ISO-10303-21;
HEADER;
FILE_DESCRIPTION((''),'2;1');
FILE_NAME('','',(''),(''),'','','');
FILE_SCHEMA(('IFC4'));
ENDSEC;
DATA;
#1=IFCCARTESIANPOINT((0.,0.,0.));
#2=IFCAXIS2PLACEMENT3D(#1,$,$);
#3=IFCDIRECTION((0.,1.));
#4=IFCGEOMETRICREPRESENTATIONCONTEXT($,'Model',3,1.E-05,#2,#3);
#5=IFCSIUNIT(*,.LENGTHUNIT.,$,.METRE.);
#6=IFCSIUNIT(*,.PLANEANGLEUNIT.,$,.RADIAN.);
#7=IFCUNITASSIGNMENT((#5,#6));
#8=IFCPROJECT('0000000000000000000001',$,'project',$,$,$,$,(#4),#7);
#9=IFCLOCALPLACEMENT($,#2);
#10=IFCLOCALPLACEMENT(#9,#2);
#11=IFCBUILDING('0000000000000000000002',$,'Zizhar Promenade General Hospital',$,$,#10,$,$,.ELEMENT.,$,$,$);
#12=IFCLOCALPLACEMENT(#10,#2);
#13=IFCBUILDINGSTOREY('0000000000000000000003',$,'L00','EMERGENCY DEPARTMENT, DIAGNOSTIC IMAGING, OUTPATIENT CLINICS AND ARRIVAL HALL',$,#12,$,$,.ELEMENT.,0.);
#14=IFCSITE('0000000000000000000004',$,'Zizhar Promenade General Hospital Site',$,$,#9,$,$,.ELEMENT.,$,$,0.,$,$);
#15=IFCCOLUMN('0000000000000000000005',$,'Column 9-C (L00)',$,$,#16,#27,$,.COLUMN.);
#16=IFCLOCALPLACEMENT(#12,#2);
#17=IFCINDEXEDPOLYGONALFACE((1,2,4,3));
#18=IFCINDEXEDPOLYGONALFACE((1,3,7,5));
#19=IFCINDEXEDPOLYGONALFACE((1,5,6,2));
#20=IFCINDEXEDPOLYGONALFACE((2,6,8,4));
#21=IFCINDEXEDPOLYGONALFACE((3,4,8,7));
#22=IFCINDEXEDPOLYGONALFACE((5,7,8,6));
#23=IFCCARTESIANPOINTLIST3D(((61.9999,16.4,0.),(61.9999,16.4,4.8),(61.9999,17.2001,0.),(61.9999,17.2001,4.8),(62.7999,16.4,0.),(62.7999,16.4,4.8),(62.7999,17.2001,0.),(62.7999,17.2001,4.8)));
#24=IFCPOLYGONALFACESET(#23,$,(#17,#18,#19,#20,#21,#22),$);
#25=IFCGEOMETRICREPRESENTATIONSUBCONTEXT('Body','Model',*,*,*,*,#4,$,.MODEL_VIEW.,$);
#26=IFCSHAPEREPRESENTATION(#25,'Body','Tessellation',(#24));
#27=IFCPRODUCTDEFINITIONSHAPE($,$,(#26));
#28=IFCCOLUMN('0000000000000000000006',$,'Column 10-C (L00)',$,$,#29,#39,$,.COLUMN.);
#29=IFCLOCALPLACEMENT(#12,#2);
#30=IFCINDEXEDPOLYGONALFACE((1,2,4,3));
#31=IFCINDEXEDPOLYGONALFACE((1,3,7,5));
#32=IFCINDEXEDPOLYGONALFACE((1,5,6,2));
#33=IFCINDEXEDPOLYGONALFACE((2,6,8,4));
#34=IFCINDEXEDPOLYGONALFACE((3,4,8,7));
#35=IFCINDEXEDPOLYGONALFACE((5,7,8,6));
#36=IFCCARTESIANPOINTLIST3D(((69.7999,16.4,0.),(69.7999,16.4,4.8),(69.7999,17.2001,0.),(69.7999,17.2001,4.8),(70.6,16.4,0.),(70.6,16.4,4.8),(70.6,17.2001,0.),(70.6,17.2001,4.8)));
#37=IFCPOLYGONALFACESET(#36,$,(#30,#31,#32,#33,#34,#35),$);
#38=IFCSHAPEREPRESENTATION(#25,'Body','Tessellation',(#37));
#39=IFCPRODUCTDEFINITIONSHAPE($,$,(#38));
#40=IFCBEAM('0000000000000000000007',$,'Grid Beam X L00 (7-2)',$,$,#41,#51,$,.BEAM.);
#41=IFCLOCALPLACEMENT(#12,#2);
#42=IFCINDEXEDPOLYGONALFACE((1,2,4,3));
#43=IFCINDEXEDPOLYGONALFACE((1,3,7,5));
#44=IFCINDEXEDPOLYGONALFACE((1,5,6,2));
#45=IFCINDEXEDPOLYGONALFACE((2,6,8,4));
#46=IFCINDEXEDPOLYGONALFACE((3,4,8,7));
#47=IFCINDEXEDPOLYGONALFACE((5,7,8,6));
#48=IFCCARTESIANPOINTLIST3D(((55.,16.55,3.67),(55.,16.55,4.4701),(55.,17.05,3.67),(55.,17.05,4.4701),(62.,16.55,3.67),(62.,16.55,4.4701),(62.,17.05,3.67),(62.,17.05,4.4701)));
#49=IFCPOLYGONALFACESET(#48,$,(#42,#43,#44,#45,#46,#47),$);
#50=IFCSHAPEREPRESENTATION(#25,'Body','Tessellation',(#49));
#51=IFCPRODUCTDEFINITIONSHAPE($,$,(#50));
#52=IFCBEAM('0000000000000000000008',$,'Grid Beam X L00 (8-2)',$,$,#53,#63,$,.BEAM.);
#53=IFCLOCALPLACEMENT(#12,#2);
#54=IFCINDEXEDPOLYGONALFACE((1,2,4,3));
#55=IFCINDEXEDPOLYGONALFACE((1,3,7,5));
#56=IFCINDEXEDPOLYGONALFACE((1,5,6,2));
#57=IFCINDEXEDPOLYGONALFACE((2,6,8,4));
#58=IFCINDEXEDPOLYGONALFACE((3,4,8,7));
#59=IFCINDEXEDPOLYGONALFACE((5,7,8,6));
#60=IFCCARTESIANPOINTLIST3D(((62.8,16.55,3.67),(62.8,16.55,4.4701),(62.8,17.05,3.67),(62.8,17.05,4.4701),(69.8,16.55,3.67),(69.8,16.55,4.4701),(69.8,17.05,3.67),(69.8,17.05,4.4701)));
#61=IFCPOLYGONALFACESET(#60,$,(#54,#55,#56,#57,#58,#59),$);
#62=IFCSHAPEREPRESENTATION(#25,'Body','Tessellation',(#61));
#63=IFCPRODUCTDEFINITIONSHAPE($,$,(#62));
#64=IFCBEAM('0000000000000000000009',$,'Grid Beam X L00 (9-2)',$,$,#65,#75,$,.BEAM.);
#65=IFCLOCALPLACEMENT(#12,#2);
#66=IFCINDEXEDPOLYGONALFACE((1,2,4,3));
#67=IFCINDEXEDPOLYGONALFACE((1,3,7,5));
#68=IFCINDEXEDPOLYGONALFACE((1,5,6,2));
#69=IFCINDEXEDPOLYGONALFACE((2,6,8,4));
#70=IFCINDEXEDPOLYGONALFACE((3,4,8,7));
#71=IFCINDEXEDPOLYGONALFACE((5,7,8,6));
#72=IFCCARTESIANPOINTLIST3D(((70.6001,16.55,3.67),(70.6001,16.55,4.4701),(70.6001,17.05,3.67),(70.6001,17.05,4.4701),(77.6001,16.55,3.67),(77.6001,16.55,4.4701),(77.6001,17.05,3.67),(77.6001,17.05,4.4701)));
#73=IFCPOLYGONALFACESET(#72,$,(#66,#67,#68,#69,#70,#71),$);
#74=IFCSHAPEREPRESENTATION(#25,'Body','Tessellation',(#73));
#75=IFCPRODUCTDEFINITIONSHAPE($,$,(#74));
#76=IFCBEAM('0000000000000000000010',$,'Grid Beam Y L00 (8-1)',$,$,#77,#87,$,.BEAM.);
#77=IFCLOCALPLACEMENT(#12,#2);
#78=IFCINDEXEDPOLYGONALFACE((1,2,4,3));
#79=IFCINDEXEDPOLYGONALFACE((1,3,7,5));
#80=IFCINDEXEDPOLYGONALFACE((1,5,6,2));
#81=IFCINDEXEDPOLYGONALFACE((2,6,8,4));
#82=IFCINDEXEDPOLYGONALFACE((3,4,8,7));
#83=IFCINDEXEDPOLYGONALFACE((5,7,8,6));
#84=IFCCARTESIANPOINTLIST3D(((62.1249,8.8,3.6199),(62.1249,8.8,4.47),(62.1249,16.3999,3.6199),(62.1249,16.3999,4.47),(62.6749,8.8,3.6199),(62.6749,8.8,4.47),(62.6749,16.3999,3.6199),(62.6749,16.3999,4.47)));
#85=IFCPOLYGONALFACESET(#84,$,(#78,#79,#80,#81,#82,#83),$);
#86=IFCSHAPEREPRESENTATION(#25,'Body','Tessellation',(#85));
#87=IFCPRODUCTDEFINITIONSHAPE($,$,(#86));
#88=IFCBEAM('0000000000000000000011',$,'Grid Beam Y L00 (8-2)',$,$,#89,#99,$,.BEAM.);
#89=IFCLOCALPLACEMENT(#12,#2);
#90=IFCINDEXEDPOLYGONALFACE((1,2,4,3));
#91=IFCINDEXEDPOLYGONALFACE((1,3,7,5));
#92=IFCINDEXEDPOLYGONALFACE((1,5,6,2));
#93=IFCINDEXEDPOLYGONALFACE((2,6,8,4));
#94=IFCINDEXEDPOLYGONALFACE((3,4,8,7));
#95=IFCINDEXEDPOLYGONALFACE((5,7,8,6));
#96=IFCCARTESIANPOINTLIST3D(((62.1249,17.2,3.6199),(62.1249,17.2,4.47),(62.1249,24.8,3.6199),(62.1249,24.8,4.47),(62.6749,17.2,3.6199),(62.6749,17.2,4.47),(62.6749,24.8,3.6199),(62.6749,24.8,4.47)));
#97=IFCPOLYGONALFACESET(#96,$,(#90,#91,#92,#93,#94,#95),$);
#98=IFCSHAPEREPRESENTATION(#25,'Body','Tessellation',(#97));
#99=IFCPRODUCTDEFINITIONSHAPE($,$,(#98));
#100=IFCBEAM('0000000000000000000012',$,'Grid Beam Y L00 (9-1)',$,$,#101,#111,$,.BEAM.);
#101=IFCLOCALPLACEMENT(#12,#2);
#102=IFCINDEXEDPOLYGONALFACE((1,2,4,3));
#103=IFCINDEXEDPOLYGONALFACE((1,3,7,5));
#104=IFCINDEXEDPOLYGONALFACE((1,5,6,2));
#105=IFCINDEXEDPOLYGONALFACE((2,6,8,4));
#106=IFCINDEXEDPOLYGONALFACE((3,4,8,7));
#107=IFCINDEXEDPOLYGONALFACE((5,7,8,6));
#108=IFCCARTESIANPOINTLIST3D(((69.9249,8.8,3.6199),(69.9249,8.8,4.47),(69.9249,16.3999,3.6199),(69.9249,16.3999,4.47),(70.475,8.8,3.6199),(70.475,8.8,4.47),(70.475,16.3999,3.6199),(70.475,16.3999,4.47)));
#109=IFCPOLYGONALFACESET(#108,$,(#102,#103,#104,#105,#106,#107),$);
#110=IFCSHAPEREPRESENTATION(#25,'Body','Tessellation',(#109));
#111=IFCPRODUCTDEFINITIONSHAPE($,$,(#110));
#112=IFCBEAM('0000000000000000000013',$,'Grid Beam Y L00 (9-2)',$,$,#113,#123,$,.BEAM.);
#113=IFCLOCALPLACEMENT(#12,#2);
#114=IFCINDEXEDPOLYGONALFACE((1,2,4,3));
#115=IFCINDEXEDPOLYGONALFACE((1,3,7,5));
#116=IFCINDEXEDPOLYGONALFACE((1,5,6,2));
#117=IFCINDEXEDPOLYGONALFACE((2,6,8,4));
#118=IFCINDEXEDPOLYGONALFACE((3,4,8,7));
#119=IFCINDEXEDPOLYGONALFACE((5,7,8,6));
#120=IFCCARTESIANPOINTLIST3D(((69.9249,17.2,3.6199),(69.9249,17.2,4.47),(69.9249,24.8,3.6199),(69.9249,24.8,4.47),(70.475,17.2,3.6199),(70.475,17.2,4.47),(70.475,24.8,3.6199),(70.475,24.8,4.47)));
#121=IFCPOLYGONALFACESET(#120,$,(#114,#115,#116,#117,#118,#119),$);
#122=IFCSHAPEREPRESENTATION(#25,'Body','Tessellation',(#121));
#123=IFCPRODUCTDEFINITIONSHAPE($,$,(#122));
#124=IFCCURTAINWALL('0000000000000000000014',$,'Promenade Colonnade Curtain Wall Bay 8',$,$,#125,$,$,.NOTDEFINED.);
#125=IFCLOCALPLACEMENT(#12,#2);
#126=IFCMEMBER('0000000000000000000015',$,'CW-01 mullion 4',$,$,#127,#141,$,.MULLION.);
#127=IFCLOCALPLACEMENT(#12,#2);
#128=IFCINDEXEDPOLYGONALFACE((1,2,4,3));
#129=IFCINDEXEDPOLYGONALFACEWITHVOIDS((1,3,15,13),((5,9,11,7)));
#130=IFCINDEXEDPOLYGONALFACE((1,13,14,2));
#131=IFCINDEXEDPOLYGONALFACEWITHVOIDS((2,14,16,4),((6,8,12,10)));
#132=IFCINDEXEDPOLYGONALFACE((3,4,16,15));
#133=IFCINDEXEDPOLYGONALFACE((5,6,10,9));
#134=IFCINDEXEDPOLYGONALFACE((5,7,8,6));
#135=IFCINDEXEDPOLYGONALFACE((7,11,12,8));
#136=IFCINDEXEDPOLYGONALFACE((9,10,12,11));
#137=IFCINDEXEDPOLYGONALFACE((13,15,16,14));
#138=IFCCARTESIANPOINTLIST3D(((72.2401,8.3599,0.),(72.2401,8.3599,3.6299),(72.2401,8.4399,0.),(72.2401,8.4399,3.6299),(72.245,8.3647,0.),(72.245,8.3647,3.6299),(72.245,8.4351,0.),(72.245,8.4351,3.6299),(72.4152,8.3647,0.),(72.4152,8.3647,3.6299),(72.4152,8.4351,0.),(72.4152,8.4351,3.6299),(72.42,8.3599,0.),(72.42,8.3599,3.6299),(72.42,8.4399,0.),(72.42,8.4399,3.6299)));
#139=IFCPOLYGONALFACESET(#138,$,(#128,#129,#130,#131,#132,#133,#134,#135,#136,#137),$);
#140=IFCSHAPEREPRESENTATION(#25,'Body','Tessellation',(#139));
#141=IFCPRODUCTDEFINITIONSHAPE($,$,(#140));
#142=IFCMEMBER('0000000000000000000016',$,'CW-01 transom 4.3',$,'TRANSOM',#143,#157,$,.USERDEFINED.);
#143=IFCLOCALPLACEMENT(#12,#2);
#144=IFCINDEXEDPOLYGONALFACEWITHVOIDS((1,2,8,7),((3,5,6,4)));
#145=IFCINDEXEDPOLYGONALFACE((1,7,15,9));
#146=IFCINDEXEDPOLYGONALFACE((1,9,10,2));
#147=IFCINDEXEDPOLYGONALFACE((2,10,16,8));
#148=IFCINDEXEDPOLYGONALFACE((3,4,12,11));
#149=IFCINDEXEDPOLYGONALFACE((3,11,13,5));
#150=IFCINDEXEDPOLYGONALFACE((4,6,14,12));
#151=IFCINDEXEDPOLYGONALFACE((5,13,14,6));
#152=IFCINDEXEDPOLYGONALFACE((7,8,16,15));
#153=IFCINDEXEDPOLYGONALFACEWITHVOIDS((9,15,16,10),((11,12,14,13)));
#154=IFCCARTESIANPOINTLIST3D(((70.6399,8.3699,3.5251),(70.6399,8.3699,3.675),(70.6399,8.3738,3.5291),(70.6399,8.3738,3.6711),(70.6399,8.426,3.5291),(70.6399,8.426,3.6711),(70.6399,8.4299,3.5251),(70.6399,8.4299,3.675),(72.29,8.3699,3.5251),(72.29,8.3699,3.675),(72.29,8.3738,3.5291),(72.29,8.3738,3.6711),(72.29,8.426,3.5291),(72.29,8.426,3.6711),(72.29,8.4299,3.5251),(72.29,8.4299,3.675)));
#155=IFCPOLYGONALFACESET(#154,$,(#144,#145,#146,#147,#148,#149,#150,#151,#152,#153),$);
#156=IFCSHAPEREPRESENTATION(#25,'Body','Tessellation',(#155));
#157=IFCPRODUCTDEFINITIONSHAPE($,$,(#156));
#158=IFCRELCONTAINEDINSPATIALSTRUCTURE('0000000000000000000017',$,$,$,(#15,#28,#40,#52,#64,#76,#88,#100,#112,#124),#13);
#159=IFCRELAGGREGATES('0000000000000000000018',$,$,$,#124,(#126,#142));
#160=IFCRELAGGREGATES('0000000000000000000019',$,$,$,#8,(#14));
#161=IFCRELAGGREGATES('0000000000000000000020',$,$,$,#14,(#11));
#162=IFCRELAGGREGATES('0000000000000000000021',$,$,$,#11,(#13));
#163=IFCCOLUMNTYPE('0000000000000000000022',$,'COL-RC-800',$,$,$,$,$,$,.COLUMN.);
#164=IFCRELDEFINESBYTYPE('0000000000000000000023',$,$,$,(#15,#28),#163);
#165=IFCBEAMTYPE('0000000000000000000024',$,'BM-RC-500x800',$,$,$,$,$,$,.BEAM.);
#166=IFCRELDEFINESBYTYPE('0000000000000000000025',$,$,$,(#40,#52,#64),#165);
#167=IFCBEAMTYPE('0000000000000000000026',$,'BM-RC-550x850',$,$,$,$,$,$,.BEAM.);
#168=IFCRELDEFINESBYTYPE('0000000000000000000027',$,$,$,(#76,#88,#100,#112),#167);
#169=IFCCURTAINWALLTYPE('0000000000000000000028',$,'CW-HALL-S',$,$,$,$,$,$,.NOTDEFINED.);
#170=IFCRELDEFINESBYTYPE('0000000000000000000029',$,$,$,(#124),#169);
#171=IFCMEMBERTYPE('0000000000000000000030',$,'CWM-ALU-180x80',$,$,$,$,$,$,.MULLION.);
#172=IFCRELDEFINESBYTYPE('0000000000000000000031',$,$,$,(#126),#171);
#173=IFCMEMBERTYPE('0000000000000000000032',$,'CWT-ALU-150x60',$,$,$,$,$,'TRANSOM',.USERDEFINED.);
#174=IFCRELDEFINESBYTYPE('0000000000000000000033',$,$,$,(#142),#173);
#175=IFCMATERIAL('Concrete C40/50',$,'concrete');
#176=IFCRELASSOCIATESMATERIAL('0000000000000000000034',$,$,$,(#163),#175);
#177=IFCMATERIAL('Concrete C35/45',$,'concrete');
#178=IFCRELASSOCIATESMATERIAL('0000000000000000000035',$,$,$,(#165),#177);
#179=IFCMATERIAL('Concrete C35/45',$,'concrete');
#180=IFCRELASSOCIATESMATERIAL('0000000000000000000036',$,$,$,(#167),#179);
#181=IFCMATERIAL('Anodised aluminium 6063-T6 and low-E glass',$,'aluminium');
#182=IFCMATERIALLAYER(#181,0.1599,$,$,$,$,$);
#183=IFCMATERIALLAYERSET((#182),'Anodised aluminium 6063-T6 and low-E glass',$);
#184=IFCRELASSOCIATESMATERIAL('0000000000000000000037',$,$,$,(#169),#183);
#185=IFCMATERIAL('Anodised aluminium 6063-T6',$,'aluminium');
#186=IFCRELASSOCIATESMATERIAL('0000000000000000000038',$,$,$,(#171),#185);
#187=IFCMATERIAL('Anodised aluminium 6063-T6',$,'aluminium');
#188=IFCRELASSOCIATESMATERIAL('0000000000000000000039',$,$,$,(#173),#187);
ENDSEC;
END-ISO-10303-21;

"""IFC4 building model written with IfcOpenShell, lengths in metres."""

from ifc_helpers import new_model, si_unit, direction, frame, origin, origin_2d, place, context, subcontext, project, spatial, rectangle, hollow_rectangle, extrude, material, layer, layer_set, material_profile, profile_set, type_object, element, aggregate, save


model = new_model("IFC4")

# Units and contexts
model_context = context("Model", 3, precision=1e-05, world=origin(), true_north=direction((0.0, 1.0)))
body_context = subcontext(model_context, "Body", "Model", "MODEL_VIEW")
ifc_project = project(units=[si_unit("LENGTHUNIT", "METRE"), si_unit("PLANEANGLEUNIT", "RADIAN")], contexts=[model_context])

# Site, building, storey
site_placement = place(None, origin())
site = spatial("IfcSite", under=ifc_project, at=site_placement, Name="Zizhar Promenade General Hospital Site", CompositionType="ELEMENT", RefElevation=0.0)
building_placement = place(site_placement, origin())
building = spatial("IfcBuilding", under=site, at=building_placement, Name="Zizhar Promenade General Hospital", CompositionType="ELEMENT")
storey_placement = place(building_placement, origin())
storey = spatial("IfcBuildingStorey", under=building, at=storey_placement, Name="L00", Description="EMERGENCY DEPARTMENT, DIAGNOSTIC IMAGING, OUTPATIENT CLINICS AND ARRIVAL HALL", CompositionType="ELEMENT", Elevation=0.0)

# Columns
ifc_material_1 = material(Name="Concrete C40/50", Category="concrete")
ifc_material_profile_1 = material_profile(ifc_material_1, rectangle(XDim=0.8, YDim=0.8, at=origin_2d()))
ifc_profile_set_1 = profile_set([ifc_material_profile_1], Name="Concrete C40/50")
column_type = type_object("IfcColumnType", Name="COL-RC-800", PredefinedType="COLUMN", material=ifc_profile_set_1)
for number, where, z_axis, x_axis, name in (
    (1, (62.3999, 16.8, 0.0), (0.0, 0.0, 1.0), (1.0, 0.0, 0.0), "Column 9-C (L00)"),
    (2, (70.2, 16.8, 0.0), (0.0, 0.0, 1.0), (1.0, 0.0, 0.0), "Column 10-C (L00)"),
):
    element("IfcColumn", number, at=place(storey_placement, frame(where, z_axis=z_axis, x_axis=x_axis)), inside=storey, type_object=column_type, Name=name, PredefinedType="COLUMN", context=body_context, shape_type="SweptSolid", body=[
        extrude(rectangle(XDim=0.8, YDim=0.8, at=origin_2d()), origin(), (0.0, 0.0, 1.0), 4.8),
    ])

# Beams
ifc_material_2 = material(Name="Concrete C35/45", Category="concrete")
ifc_material_profile_2 = material_profile(ifc_material_2, rectangle(XDim=0.5, YDim=0.8, at=origin_2d()))
ifc_profile_set_2 = profile_set([ifc_material_profile_2], Name="Concrete C35/45")
beam_type_1 = type_object("IfcBeamType", Name="BM-RC-500x800", PredefinedType="BEAM", material=ifc_profile_set_2)
for number, where, z_axis, x_axis, name in (
    (3, (55.0, 16.8, 4.0701), (1.0, 0.0, 0.0), (0.0, 1.0, 0.0), "Grid Beam X L00 (7-2)"),
    (4, (62.8, 16.8, 4.0701), (1.0, 0.0, 0.0), (0.0, 1.0, 0.0), "Grid Beam X L00 (8-2)"),
    (5, (70.6001, 16.8, 4.0701), (1.0, 0.0, 0.0), (0.0, 1.0, 0.0), "Grid Beam X L00 (9-2)"),
):
    element("IfcBeam", number, at=place(storey_placement, frame(where, z_axis=z_axis, x_axis=x_axis)), inside=storey, type_object=beam_type_1, Name=name, PredefinedType="BEAM", context=body_context, shape_type="SweptSolid", body=[
        extrude(rectangle(XDim=0.5, YDim=0.8, at=origin_2d()), origin(), (0.0, 0.0, 1.0), 7.0),
    ])
ifc_material_3 = material(Name="Concrete C35/45", Category="concrete")
ifc_material_profile_3 = material_profile(ifc_material_3, rectangle(XDim=0.55, YDim=0.8501, at=origin_2d()))
ifc_profile_set_3 = profile_set([ifc_material_profile_3], Name="Concrete C35/45")
beam_type_2 = type_object("IfcBeamType", Name="BM-RC-550x850", PredefinedType="BEAM", material=ifc_profile_set_3)
beam_1_placement = place(storey_placement, frame((62.3999, 8.8, 4.0449), z_axis=(0.0, 1.0, 0.0), x_axis=(-1.0, 0.0, 0.0)))
element("IfcBeam", 6, at=beam_1_placement, inside=storey, type_object=beam_type_2, Name="Grid Beam Y L00 (8-1)", PredefinedType="BEAM", context=body_context, shape_type="SweptSolid", body=[
    extrude(rectangle(XDim=0.55, YDim=0.8501, at=origin_2d()), origin(), (0.0, 0.0, 1.0), 7.5999),
])
beam_2_placement = place(storey_placement, frame((62.3999, 17.2, 4.0449), z_axis=(0.0, 1.0, 0.0), x_axis=(-1.0, 0.0, 0.0)))
element("IfcBeam", 7, at=beam_2_placement, inside=storey, type_object=beam_type_2, Name="Grid Beam Y L00 (8-2)", PredefinedType="BEAM", context=body_context, shape_type="SweptSolid", body=[
    extrude(rectangle(XDim=0.55, YDim=0.8501, at=origin_2d()), origin(), (0.0, 0.0, 1.0), 7.6001),
])
beam_3_placement = place(storey_placement, frame((70.2, 8.8, 4.0449), z_axis=(0.0, 1.0, 0.0), x_axis=(-1.0, 0.0, 0.0)))
element("IfcBeam", 8, at=beam_3_placement, inside=storey, type_object=beam_type_2, Name="Grid Beam Y L00 (9-1)", PredefinedType="BEAM", context=body_context, shape_type="SweptSolid", body=[
    extrude(rectangle(XDim=0.55, YDim=0.8501, at=origin_2d()), origin(), (0.0, 0.0, 1.0), 7.5999),
])
beam_4_placement = place(storey_placement, frame((70.2, 17.2, 4.0449), z_axis=(0.0, 1.0, 0.0), x_axis=(-1.0, 0.0, 0.0)))
element("IfcBeam", 9, at=beam_4_placement, inside=storey, type_object=beam_type_2, Name="Grid Beam Y L00 (9-2)", PredefinedType="BEAM", context=body_context, shape_type="SweptSolid", body=[
    extrude(rectangle(XDim=0.55, YDim=0.8501, at=origin_2d()), origin(), (0.0, 0.0, 1.0), 7.6001),
])

# Curtain wall, members
ifc_material_4 = material(Name="Anodised aluminium 6063-T6 and low-E glass", Category="aluminium")
ifc_layer_1 = layer(ifc_material_4, 0.1599)
ifc_layer_set_1 = layer_set([ifc_layer_1], Name="Anodised aluminium 6063-T6 and low-E glass")
curtain_wall_type = type_object("IfcCurtainWallType", Name="CW-HALL-S", PredefinedType="NOTDEFINED", material=ifc_layer_set_1)
curtain_wall_placement = place(storey_placement, origin())
curtain_wall = element("IfcCurtainWall", 10, at=curtain_wall_placement, inside=storey, type_object=curtain_wall_type, Name="Promenade Colonnade Curtain Wall Bay 8", PredefinedType="NOTDEFINED")
ifc_material_5 = material(Name="Anodised aluminium 6063-T6", Category="aluminium")
ifc_material_profile_4 = material_profile(ifc_material_5, hollow_rectangle(XDim=0.0801, YDim=0.1799, WallThickness=0.0049, at=origin_2d()))
ifc_profile_set_4 = profile_set([ifc_material_profile_4], Name="Anodised aluminium 6063-T6")
member_type_1 = type_object("IfcMemberType", Name="CWM-ALU-180x80", PredefinedType="MULLION", material=ifc_profile_set_4)
member_1_placement = place(storey_placement, frame((72.3301, 8.3999, 0.0), z_axis=(0.0, 0.0, 1.0), x_axis=(0.0, -1.0, 0.0)))
member_1 = element("IfcMember", 11, at=member_1_placement, type_object=member_type_1, Name="CW-01 mullion 4", PredefinedType="MULLION", context=body_context, shape_type="SweptSolid", body=[
    extrude(hollow_rectangle(XDim=0.0801, YDim=0.1799, WallThickness=0.0049, at=origin_2d()), origin(), (0.0, 0.0, 1.0), 3.6299),
])
ifc_material_6 = material(Name="Anodised aluminium 6063-T6", Category="aluminium")
ifc_material_profile_5 = material_profile(ifc_material_6, hollow_rectangle(XDim=0.0601, YDim=0.1499, WallThickness=0.0039, at=origin_2d()))
ifc_profile_set_5 = profile_set([ifc_material_profile_5], Name="Anodised aluminium 6063-T6")
member_type_2 = type_object("IfcMemberType", Name="CWT-ALU-150x60", ElementType="TRANSOM", PredefinedType="USERDEFINED", material=ifc_profile_set_5)
member_2_placement = place(storey_placement, frame((72.29, 8.3999, 3.6001), z_axis=(-1.0, 0.0, 0.0), x_axis=(0.0, -1.0, 0.0)))
member_2 = element("IfcMember", 12, at=member_2_placement, type_object=member_type_2, Name="CW-01 transom 4.3", ObjectType="TRANSOM", PredefinedType="USERDEFINED", context=body_context, shape_type="SweptSolid", body=[
    extrude(hollow_rectangle(XDim=0.0601, YDim=0.1499, WallThickness=0.0039, at=origin_2d()), origin(), (0.0, 0.0, 1.0), 1.6501),
])
aggregate(curtain_wall, [member_1, member_2])

save(model, "model.ifc")
